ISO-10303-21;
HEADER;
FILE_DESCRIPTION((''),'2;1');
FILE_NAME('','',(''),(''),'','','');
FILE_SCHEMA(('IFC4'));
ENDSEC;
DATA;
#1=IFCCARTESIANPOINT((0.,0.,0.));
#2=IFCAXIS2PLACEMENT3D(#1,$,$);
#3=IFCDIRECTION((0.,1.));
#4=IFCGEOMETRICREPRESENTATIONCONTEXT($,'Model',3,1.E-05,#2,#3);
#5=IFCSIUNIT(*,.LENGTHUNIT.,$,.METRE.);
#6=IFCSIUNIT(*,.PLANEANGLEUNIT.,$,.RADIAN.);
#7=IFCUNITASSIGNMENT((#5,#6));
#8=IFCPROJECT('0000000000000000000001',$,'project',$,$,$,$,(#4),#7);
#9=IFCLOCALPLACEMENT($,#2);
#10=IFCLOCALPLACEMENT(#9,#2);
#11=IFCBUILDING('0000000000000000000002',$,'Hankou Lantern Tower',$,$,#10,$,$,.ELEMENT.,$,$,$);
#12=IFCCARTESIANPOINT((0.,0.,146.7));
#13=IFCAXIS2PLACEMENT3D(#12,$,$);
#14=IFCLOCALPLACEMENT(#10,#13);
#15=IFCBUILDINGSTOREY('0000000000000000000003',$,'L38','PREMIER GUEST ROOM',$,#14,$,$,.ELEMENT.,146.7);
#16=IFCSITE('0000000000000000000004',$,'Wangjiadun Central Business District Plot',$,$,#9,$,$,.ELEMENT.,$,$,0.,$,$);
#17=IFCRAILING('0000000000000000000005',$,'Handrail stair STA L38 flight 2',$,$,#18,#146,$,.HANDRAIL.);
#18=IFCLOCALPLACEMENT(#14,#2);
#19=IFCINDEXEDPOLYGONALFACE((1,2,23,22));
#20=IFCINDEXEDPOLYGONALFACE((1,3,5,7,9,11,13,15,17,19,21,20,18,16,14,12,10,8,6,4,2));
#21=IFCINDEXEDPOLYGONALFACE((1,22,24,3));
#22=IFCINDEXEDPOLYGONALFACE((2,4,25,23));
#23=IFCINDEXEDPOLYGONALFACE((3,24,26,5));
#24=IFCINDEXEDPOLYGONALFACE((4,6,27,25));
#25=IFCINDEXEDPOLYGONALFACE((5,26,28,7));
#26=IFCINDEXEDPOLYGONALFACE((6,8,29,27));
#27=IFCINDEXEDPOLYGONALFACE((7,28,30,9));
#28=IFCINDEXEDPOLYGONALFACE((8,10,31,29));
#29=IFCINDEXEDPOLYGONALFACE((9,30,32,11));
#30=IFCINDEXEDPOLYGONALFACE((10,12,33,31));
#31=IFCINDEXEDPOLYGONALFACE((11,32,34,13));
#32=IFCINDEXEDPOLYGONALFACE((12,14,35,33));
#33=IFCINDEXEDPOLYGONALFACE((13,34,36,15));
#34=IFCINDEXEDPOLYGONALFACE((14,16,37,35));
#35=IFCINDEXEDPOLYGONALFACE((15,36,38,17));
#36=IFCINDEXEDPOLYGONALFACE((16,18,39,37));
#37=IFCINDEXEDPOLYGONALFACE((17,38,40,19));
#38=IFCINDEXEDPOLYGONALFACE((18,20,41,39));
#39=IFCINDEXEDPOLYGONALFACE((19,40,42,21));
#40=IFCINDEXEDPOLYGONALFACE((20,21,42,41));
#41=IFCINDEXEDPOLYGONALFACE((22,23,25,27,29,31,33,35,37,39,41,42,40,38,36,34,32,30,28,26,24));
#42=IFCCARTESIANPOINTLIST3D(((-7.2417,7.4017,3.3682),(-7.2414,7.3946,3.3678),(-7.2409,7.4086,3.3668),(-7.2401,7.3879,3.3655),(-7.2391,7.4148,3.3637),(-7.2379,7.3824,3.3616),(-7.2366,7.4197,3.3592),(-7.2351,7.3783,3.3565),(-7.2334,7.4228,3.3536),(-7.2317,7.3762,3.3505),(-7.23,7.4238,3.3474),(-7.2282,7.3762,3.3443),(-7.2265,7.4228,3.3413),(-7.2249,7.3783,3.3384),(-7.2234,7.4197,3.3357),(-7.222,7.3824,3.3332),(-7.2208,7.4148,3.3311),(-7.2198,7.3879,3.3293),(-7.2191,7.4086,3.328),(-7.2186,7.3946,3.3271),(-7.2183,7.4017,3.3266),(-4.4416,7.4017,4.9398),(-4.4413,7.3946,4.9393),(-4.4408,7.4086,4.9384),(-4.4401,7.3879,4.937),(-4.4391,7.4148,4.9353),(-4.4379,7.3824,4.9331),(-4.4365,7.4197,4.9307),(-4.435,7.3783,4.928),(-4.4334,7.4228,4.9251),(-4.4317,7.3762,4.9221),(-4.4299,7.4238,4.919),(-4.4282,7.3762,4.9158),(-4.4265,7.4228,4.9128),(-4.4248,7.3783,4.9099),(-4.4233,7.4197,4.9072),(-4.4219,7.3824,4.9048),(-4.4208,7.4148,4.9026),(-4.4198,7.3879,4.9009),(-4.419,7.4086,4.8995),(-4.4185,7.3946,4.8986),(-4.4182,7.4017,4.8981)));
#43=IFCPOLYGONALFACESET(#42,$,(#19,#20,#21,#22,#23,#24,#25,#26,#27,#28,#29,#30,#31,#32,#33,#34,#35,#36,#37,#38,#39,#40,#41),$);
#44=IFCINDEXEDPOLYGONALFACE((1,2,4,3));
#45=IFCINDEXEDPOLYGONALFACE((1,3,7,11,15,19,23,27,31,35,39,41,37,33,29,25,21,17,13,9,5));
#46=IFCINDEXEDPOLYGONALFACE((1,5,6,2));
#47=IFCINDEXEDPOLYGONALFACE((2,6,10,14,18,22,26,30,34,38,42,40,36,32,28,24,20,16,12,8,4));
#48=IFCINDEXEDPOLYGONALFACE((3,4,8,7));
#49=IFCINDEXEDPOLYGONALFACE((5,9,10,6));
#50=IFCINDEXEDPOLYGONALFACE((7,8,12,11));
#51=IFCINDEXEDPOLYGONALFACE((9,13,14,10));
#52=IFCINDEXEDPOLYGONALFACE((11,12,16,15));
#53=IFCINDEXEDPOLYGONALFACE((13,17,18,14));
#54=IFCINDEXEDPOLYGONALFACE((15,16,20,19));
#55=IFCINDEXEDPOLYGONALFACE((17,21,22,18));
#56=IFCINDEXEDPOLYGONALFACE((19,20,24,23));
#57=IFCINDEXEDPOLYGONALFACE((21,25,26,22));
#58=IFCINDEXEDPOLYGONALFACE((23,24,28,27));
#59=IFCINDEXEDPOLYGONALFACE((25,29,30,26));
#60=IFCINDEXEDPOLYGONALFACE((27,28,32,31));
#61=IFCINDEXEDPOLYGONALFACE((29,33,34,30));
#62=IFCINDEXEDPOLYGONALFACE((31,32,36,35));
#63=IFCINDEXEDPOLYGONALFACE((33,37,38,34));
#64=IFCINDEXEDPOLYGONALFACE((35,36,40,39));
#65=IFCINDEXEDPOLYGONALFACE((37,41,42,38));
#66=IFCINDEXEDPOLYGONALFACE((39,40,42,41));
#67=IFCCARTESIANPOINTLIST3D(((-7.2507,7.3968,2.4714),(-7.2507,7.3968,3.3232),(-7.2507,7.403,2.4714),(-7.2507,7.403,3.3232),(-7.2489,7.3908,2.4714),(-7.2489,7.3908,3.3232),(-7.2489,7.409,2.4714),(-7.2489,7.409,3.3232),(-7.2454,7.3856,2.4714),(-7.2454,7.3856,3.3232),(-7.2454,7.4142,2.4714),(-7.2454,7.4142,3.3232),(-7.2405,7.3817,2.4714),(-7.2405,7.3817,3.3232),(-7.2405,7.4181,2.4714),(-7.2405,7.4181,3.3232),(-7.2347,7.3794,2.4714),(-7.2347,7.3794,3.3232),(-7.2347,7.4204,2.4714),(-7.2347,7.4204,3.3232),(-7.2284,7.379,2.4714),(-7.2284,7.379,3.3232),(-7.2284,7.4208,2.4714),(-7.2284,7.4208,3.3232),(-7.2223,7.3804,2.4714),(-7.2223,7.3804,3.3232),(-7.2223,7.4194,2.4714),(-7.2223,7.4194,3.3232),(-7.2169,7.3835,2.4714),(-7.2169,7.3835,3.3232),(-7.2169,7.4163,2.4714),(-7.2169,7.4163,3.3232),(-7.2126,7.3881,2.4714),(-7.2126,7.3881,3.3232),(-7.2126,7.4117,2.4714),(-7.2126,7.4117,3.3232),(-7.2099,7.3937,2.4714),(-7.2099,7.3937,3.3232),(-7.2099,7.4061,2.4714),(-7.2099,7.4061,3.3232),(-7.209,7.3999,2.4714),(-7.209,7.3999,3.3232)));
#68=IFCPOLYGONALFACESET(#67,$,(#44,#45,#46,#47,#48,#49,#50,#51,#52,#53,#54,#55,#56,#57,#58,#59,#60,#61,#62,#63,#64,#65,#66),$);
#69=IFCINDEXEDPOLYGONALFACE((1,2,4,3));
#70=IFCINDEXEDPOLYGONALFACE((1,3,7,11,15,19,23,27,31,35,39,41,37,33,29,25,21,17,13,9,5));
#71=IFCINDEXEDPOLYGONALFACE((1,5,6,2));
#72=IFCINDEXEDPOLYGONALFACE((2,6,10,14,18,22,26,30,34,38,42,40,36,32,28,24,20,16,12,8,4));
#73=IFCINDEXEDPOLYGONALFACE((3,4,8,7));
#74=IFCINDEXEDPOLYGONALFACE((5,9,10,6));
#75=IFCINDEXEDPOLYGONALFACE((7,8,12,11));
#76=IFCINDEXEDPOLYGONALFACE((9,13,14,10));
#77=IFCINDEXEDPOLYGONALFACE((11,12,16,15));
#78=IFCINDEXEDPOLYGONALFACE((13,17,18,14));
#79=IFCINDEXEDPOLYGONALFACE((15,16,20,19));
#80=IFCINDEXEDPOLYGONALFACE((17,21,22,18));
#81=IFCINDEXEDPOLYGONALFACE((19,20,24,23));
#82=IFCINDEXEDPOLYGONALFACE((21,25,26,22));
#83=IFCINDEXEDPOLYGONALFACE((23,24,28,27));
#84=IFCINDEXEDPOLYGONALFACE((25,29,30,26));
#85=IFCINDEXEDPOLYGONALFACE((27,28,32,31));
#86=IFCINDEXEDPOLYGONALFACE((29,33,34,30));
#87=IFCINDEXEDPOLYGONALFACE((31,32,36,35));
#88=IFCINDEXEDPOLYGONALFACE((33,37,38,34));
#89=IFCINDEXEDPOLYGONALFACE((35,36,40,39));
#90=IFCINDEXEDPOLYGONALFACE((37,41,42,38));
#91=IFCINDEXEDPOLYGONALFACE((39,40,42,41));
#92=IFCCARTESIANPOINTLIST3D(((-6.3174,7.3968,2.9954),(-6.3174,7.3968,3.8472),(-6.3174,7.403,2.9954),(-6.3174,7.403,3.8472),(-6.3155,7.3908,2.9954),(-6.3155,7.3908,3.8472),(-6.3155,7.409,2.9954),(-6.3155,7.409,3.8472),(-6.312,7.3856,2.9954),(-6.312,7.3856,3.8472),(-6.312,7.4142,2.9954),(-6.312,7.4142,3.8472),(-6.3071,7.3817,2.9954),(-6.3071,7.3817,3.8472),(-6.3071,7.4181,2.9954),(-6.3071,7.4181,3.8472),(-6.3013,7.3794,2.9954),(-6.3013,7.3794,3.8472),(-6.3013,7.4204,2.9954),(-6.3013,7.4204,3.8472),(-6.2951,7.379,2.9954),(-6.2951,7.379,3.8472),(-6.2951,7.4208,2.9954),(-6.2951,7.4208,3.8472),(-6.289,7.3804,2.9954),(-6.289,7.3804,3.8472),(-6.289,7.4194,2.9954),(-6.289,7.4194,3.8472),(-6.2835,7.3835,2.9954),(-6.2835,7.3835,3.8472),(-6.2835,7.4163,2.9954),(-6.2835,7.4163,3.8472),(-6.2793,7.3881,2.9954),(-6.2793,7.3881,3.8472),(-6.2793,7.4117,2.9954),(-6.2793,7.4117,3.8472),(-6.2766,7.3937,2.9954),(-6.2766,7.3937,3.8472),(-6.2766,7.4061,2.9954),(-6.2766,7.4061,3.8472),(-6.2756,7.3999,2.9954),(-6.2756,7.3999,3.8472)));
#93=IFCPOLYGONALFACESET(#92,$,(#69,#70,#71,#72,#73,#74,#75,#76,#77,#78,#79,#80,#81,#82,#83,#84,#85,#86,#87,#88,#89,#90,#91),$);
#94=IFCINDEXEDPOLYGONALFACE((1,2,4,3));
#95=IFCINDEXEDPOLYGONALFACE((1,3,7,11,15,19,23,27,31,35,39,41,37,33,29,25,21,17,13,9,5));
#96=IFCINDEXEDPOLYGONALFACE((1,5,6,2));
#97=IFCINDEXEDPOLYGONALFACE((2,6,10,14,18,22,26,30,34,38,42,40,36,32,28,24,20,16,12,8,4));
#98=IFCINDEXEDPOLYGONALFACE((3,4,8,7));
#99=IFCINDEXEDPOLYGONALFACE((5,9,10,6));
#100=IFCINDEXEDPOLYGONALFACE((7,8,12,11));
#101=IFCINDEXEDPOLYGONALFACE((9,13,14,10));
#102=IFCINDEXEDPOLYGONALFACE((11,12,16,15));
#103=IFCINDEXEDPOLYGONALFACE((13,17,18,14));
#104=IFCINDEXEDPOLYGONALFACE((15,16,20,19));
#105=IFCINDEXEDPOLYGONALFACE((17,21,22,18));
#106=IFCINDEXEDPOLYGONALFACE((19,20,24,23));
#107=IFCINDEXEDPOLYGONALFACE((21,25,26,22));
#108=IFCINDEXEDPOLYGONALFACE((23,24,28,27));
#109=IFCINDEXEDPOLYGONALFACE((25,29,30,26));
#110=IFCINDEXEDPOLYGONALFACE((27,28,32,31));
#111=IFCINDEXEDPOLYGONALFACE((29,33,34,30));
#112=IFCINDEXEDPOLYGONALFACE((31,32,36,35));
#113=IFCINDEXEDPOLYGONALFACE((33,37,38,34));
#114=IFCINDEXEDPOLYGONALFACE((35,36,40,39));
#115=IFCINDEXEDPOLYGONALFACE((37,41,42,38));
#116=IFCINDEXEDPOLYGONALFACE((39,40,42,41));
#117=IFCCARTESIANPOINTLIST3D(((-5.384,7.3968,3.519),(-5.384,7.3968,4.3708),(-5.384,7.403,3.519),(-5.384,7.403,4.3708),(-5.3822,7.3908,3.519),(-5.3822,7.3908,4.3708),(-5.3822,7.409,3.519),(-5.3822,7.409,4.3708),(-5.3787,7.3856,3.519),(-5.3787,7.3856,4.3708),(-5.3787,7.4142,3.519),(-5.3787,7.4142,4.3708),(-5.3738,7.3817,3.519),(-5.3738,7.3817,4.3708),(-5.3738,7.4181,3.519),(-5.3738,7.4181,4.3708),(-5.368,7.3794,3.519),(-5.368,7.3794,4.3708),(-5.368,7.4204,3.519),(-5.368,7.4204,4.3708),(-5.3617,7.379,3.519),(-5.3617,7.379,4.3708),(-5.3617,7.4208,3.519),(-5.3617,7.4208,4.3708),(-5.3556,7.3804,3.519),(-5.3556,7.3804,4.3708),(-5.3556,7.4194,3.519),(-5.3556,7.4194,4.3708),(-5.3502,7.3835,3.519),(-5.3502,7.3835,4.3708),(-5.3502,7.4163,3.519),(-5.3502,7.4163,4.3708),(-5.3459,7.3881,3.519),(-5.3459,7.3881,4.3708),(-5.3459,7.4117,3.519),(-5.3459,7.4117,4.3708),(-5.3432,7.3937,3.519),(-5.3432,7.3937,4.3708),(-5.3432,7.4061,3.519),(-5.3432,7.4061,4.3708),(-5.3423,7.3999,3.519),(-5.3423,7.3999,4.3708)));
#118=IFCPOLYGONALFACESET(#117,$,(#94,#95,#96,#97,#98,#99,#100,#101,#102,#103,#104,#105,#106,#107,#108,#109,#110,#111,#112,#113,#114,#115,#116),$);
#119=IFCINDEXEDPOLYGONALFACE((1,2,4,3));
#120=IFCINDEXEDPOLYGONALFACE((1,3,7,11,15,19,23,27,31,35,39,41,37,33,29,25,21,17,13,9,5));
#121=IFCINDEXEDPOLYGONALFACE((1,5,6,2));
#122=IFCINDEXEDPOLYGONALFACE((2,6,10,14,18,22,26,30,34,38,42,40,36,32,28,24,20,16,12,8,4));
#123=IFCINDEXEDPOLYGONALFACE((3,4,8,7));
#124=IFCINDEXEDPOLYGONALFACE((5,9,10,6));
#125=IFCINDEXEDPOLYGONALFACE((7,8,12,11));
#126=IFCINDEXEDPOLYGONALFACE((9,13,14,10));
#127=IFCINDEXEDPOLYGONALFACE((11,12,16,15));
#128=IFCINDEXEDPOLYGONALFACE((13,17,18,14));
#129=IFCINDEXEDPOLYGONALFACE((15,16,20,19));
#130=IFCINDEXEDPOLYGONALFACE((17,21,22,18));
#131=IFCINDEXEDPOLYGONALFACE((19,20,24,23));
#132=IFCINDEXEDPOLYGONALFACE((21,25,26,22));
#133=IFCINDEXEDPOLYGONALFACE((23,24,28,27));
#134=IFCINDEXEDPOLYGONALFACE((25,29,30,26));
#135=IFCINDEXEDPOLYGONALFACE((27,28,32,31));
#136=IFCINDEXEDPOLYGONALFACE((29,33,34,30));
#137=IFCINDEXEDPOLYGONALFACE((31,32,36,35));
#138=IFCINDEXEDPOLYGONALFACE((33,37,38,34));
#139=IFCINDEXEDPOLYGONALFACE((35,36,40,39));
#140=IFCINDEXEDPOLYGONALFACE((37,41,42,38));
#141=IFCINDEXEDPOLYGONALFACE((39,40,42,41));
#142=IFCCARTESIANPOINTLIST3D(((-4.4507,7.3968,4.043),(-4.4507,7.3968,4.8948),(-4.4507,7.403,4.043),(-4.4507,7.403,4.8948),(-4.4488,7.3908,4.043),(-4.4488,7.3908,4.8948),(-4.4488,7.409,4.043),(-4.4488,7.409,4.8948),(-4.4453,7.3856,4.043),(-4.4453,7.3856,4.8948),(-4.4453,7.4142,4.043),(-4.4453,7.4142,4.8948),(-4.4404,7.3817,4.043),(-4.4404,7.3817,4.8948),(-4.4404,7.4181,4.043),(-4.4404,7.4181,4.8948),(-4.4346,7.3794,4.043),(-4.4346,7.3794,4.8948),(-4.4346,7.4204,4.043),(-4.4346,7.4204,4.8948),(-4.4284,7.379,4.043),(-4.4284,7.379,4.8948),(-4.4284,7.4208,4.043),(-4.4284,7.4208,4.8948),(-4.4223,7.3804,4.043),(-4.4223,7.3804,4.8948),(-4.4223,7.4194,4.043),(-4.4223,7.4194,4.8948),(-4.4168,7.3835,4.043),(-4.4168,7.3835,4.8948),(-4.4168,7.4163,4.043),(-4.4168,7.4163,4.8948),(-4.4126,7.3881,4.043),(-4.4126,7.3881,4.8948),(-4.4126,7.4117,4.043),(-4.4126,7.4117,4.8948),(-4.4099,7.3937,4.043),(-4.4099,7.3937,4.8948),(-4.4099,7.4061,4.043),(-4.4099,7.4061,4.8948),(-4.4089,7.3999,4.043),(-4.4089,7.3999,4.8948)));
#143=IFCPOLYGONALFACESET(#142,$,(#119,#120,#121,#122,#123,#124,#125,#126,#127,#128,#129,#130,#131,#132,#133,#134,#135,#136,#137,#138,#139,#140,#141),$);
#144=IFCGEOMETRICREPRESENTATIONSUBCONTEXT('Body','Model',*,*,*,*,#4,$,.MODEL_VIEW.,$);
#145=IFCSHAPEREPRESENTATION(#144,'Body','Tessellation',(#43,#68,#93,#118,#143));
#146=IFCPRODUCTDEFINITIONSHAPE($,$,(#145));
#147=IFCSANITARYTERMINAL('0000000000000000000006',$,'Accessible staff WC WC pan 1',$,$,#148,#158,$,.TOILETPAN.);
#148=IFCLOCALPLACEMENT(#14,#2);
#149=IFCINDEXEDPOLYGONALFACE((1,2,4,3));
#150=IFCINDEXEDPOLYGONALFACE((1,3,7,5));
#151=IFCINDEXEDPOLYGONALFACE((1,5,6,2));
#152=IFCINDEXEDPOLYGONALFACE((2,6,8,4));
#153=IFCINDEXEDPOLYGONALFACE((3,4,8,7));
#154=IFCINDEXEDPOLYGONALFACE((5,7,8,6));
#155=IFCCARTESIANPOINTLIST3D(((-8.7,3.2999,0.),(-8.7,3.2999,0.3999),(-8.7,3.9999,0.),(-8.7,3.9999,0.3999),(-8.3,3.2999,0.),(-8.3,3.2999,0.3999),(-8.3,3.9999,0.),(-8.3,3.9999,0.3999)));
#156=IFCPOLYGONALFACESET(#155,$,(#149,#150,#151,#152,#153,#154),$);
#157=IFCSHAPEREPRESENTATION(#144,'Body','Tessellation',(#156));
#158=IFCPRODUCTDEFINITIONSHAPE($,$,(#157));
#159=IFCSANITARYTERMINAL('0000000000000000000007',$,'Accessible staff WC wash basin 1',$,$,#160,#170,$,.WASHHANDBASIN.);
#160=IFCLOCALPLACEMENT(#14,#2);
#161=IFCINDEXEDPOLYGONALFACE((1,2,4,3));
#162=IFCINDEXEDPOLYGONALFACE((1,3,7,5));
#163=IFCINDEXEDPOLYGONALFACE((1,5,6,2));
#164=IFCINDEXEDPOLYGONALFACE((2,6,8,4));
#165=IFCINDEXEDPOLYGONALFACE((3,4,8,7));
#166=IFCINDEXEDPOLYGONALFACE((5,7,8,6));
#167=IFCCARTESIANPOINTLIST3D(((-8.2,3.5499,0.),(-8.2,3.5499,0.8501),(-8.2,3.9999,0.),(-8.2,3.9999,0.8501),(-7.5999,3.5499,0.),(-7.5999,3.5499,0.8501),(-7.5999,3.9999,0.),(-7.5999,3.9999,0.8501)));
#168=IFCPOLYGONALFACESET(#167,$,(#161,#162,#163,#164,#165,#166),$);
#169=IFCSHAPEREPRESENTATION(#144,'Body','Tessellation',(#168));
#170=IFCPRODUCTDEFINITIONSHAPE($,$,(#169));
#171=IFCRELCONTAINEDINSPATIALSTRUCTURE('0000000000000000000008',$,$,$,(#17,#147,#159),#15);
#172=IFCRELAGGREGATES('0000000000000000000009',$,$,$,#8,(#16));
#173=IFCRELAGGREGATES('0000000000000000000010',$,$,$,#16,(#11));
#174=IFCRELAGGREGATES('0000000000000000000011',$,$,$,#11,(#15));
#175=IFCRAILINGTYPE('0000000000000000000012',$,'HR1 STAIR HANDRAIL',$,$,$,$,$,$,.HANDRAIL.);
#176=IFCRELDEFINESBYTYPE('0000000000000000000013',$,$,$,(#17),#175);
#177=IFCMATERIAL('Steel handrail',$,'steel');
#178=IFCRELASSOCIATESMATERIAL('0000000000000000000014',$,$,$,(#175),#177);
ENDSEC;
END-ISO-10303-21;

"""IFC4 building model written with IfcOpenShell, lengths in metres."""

from ifc_helpers import new_model, si_unit, direction, frame, origin, origin_2d, place, context, subcontext, project, spatial, rectangle, circle, extrude, material, type_object, element, save


model = new_model("IFC4")

# Units and contexts
model_context = context("Model", 3, precision=1e-05, world=origin(), true_north=direction((0.0, 1.0)))
body_context = subcontext(model_context, "Body", "Model", "MODEL_VIEW")
ifc_project = project(units=[si_unit("LENGTHUNIT", "METRE"), si_unit("PLANEANGLEUNIT", "RADIAN")], contexts=[model_context])

# Site, building, storey
site_placement = place(None, origin())
site = spatial("IfcSite", under=ifc_project, at=site_placement, Name="Wangjiadun Central Business District Plot", CompositionType="ELEMENT", RefElevation=0.0)
building_placement = place(site_placement, origin())
building = spatial("IfcBuilding", under=site, at=building_placement, Name="Hankou Lantern Tower", CompositionType="ELEMENT")
storey_placement = place(building_placement, frame((0.0, 0.0, 146.7)))
storey = spatial("IfcBuildingStorey", under=building, at=storey_placement, Name="L38", Description="PREMIER GUEST ROOM", CompositionType="ELEMENT", Elevation=146.7)

# Railing
ifc_material_1 = material(Name="Steel handrail", Category="steel")
railing_type = type_object("IfcRailingType", Name="HR1 STAIR HANDRAIL", PredefinedType="HANDRAIL", material=ifc_material_1)
railing_1_placement = place(storey_placement, frame((-7.23, 7.3999, 2.4714)))
element("IfcRailing", 1, at=railing_1_placement, inside=storey, type_object=railing_type, Name="Handrail stair STA L38 flight 2", PredefinedType="HANDRAIL", context=body_context, shape_type="SweptSolid", body=[
    extrude(circle(Radius=0.0239, at=origin_2d()), frame((0.0, 0.0, 0.876), z_axis=(0.87204, 0.0, 0.489434), x_axis=(0.0, 1.0, 0.0)), (0.0, 0.0, 1.0), 3.2109),
    extrude(circle(Radius=0.021, at=origin_2d()), origin(), (0.0, 0.0, 1.0), 0.8518),
    extrude(circle(Radius=0.021, at=origin_2d()), frame((0.9333, 0.0, 0.5239)), (0.0, 0.0, 1.0), 0.8518),
    extrude(circle(Radius=0.021, at=origin_2d()), frame((1.8667, 0.0, 1.0476)), (0.0, 0.0, 1.0), 0.8518),
    extrude(circle(Radius=0.021, at=origin_2d()), frame((2.8, 0.0, 1.5715)), (0.0, 0.0, 1.0), 0.8518),
])

# Sanitary terminals
sanitary_terminal_1_placement = place(storey_placement, frame((-8.5, 3.6499, 0.0), z_axis=(0.0, 0.0, 1.0), x_axis=(1.0, 0.0, 0.0)))
element("IfcSanitaryTerminal", 2, at=sanitary_terminal_1_placement, inside=storey, Name="Accessible staff WC WC pan 1", PredefinedType="TOILETPAN", context=body_context, shape_type="SweptSolid", body=[
    extrude(rectangle(XDim=0.3999, YDim=0.7, at=origin_2d()), origin(), (0.0, 0.0, 1.0), 0.3999),
])
sanitary_terminal_2_placement = place(storey_placement, frame((-7.8999, 3.7749, 0.0), z_axis=(0.0, 0.0, 1.0), x_axis=(1.0, 0.0, 0.0)))
element("IfcSanitaryTerminal", 3, at=sanitary_terminal_2_placement, inside=storey, Name="Accessible staff WC wash basin 1", PredefinedType="WASHHANDBASIN", context=body_context, shape_type="SweptSolid", body=[
    extrude(rectangle(XDim=0.6001, YDim=0.45, at=origin_2d()), origin(), (0.0, 0.0, 1.0), 0.8501),
])

save(model, "model.ifc")
